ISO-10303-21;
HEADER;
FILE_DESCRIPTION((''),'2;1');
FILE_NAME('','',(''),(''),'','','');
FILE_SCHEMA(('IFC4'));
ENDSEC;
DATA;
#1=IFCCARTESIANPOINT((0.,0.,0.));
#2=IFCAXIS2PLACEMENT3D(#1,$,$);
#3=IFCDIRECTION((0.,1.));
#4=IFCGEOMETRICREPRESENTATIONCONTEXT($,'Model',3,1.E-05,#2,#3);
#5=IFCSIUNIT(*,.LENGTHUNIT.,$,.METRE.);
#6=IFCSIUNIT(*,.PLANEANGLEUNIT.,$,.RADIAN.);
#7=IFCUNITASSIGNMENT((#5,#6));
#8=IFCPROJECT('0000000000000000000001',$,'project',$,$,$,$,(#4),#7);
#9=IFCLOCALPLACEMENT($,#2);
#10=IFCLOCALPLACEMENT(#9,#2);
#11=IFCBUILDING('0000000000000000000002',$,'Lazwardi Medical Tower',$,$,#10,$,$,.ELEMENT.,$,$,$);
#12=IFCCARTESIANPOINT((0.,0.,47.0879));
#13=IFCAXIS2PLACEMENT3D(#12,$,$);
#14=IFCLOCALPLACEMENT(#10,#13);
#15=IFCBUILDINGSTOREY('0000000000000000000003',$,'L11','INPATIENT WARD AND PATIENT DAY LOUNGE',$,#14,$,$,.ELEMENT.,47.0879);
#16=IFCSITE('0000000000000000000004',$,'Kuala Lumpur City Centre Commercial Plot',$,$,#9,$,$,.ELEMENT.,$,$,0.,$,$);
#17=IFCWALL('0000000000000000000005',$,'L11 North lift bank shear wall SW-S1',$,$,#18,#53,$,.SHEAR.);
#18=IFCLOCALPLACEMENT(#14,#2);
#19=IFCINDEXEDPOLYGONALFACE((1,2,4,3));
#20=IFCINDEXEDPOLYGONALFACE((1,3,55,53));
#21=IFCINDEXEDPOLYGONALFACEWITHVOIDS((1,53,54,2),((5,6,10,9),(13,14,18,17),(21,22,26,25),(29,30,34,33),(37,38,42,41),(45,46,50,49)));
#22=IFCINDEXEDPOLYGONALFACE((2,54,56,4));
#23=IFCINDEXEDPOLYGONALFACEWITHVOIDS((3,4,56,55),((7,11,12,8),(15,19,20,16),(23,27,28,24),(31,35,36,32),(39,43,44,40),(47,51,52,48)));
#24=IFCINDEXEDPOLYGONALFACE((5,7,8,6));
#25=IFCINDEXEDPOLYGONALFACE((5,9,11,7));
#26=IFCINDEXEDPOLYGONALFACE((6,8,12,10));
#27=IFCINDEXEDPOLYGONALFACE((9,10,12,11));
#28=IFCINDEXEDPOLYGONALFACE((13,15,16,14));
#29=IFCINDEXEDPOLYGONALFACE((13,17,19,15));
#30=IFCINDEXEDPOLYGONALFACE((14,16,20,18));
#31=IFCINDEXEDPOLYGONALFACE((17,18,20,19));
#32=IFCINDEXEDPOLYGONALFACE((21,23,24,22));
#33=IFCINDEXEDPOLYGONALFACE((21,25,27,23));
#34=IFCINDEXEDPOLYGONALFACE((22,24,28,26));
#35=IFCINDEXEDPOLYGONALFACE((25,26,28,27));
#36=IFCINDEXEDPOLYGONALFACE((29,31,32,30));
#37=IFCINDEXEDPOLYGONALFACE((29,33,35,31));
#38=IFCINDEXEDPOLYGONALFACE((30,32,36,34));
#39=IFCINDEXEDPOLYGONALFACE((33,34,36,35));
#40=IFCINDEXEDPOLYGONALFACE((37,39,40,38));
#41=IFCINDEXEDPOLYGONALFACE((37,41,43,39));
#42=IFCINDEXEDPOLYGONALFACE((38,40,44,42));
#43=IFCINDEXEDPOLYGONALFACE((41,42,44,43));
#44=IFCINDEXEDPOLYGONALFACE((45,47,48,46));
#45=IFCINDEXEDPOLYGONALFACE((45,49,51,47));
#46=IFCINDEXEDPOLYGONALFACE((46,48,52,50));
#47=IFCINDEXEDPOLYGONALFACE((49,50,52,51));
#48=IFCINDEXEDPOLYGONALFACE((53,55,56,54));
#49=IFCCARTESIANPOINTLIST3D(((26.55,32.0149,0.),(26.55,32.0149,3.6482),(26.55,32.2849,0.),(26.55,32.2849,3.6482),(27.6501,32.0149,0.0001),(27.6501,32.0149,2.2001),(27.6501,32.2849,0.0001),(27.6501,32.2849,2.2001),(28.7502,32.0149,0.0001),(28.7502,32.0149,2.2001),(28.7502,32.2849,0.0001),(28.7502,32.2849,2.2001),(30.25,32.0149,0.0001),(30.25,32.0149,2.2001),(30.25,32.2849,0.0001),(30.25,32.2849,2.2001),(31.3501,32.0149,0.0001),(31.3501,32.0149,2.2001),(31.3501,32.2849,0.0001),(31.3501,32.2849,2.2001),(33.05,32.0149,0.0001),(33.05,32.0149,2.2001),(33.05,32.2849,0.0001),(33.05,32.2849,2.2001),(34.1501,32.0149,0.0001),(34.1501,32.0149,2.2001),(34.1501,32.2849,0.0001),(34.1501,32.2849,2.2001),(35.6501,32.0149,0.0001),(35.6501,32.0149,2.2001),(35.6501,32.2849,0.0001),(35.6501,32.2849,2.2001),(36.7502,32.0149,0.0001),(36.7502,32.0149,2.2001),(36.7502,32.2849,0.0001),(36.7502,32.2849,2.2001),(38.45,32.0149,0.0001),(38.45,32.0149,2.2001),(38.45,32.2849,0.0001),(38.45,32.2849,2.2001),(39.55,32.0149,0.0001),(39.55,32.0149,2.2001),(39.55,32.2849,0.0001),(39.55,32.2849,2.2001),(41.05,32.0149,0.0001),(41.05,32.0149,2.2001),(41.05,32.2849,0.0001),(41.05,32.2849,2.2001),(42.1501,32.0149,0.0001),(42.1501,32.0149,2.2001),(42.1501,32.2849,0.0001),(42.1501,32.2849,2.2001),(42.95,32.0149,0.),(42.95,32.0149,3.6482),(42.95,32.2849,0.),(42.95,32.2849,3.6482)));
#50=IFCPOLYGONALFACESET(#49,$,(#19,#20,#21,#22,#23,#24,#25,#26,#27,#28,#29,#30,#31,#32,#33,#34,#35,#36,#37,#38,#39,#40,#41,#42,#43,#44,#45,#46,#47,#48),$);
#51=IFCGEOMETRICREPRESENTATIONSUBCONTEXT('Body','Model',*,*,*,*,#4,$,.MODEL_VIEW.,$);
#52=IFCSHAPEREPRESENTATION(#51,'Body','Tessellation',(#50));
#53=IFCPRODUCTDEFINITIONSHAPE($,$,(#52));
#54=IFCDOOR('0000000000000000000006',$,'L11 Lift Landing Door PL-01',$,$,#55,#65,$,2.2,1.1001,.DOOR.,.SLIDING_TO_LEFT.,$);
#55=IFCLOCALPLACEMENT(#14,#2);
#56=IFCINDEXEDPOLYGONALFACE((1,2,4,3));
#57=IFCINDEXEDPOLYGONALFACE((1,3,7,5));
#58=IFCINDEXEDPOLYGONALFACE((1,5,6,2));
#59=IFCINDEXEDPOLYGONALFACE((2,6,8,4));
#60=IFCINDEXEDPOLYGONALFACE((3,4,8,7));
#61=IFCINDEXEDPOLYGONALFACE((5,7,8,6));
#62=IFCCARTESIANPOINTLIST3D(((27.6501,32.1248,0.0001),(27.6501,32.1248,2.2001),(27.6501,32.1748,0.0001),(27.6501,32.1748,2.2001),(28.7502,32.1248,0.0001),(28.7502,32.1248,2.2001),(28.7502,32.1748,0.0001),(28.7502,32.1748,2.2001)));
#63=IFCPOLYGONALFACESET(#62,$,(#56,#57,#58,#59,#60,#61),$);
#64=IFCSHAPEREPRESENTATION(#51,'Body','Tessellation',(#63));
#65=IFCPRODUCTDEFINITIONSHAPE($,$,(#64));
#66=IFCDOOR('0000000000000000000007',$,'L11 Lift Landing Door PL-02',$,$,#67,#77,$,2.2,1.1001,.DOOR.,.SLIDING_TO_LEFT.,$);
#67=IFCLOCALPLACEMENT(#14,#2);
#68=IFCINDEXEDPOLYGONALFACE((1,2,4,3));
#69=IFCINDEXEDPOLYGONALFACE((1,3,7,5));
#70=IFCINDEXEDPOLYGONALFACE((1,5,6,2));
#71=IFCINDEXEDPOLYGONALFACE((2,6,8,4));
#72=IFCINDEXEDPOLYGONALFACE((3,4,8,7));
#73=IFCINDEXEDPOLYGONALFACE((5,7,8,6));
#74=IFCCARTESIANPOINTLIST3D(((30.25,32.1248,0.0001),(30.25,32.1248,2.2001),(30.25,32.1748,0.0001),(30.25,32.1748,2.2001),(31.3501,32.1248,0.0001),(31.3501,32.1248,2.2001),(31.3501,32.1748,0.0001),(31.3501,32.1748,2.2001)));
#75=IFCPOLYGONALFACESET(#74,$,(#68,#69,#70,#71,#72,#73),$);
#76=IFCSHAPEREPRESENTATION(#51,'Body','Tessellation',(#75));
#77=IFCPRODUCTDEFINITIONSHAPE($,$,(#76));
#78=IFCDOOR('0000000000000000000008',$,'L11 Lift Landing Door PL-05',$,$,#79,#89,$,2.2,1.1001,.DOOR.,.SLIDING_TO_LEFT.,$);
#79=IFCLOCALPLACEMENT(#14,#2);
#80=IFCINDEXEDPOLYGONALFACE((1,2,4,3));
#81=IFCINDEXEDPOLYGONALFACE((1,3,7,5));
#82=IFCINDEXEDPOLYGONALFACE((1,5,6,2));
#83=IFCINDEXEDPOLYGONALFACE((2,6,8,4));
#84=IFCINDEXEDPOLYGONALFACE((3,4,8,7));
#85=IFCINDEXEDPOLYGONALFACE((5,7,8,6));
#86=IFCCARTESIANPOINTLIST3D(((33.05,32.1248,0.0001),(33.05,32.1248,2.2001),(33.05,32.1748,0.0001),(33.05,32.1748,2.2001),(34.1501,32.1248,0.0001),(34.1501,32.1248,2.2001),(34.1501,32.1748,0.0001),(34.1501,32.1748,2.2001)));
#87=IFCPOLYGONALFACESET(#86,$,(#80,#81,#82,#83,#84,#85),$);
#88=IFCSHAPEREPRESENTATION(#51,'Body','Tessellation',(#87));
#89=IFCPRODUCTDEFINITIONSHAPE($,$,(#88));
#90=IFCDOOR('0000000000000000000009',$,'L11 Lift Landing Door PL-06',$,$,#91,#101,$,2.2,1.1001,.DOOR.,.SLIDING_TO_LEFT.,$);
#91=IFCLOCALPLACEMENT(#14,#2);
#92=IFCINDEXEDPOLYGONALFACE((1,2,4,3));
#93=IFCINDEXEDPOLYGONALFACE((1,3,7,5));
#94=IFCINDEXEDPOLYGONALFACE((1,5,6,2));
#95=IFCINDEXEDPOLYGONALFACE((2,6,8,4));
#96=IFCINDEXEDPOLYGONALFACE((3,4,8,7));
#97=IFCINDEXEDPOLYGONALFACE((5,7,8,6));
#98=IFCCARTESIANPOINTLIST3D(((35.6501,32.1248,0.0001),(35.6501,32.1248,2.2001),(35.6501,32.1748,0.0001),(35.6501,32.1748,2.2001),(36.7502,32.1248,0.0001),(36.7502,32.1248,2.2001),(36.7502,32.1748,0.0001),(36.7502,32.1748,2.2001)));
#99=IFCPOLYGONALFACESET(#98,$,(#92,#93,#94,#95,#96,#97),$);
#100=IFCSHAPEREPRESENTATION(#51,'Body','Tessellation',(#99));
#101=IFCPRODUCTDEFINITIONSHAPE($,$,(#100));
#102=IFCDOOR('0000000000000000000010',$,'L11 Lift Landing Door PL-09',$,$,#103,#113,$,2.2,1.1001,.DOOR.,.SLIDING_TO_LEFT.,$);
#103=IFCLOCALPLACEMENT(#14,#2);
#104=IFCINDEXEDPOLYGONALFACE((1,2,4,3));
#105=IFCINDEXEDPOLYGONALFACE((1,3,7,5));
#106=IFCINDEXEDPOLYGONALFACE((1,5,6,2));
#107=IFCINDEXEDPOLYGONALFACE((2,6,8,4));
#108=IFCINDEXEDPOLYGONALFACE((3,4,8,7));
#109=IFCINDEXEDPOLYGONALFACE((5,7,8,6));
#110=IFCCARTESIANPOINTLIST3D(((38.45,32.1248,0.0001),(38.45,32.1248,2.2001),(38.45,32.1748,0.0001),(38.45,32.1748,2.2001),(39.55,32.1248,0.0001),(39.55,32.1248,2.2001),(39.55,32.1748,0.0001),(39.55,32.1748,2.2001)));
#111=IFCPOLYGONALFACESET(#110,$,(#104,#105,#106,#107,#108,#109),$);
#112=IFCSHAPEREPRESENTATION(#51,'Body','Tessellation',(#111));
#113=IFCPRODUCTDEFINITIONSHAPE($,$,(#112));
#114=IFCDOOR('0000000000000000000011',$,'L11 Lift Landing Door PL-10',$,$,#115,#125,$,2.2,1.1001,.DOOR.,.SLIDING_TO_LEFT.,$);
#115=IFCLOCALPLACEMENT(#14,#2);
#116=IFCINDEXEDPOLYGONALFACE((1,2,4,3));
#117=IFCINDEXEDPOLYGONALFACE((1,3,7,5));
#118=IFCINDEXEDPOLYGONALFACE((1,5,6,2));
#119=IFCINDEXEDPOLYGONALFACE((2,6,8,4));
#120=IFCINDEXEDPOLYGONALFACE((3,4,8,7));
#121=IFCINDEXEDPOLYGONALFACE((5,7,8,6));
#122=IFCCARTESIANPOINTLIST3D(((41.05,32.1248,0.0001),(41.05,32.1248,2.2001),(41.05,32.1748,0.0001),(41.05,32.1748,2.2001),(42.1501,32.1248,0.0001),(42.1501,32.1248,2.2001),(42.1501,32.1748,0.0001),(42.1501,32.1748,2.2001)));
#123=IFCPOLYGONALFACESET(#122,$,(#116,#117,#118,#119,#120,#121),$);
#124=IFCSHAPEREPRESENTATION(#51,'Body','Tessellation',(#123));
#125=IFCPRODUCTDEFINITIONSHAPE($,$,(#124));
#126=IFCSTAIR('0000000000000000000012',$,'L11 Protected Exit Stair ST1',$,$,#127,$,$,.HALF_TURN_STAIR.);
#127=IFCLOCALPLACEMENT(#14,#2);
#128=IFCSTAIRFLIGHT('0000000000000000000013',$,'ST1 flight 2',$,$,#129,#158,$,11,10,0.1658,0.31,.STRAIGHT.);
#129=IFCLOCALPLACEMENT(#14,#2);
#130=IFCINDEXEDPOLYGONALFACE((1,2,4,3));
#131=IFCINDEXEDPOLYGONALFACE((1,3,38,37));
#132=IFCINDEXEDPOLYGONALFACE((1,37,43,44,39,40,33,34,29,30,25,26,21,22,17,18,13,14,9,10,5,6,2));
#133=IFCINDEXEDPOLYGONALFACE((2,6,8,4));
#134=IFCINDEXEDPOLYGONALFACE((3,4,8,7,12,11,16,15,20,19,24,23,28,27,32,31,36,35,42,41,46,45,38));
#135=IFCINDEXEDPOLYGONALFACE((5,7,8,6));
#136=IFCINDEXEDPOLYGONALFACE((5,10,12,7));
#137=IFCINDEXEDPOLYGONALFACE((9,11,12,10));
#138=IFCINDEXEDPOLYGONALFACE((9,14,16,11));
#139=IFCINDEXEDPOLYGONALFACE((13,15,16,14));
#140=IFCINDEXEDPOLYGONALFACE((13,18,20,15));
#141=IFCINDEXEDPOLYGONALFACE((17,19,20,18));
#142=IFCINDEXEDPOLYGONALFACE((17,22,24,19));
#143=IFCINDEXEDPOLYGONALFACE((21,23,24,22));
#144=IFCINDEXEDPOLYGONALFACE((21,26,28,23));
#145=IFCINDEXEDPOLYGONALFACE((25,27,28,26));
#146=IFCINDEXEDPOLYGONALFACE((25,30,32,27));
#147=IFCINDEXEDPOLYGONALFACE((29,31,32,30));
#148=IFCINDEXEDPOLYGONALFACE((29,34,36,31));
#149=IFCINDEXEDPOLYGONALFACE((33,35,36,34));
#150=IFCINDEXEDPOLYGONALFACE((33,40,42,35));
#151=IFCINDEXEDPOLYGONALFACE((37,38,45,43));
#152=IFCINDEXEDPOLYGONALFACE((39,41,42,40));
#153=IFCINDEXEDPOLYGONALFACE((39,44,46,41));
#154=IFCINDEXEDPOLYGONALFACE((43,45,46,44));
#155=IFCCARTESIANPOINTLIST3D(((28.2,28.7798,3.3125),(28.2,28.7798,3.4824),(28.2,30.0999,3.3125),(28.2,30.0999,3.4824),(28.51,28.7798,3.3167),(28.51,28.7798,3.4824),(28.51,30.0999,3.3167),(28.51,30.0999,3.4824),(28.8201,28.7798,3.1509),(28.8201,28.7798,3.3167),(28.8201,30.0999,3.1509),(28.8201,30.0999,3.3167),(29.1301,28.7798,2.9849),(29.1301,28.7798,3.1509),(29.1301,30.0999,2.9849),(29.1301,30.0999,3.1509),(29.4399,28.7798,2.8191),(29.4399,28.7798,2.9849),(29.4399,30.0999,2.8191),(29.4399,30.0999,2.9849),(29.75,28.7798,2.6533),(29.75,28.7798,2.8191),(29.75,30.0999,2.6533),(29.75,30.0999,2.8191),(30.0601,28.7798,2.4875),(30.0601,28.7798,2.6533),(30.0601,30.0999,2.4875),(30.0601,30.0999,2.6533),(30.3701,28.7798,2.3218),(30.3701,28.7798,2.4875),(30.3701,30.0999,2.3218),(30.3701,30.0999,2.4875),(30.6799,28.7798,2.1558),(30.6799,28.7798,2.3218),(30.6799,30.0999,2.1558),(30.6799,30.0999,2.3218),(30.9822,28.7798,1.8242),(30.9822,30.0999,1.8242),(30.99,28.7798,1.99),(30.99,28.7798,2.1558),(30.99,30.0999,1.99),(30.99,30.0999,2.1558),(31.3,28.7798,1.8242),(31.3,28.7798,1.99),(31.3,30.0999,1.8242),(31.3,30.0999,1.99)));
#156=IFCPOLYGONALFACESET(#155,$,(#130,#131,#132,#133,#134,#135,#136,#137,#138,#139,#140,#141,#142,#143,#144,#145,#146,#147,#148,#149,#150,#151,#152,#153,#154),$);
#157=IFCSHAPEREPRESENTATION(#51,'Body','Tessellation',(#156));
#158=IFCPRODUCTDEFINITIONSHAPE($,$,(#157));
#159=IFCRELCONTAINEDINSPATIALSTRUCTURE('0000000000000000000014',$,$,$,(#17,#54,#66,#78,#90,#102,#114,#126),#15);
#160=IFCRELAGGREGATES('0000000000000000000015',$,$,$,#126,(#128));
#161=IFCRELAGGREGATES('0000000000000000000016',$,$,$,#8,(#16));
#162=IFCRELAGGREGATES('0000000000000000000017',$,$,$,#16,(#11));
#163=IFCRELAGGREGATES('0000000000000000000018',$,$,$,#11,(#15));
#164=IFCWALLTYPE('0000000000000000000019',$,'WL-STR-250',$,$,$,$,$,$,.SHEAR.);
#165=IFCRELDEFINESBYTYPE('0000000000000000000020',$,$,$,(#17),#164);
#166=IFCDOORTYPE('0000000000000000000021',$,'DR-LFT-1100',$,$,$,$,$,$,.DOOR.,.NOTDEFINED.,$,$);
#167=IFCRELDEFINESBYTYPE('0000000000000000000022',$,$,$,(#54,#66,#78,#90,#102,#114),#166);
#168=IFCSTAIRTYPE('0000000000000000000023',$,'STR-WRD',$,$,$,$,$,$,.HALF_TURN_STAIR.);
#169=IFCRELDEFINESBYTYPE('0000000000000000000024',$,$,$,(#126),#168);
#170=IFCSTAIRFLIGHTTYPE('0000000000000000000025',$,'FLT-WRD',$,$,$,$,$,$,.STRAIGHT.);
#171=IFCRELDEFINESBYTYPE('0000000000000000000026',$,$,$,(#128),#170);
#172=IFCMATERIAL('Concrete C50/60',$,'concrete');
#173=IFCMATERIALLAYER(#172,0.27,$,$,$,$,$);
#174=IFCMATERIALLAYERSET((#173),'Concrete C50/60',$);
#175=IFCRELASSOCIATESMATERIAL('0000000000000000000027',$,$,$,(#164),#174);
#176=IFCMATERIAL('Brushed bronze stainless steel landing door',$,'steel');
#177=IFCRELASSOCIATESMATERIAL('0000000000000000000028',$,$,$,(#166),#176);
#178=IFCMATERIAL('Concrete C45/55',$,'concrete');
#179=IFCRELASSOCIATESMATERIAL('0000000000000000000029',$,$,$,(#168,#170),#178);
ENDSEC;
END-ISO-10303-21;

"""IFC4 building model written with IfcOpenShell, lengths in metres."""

from ifc_helpers import new_model, si_unit, direction, frame, frame_2d, origin, place, context, subcontext, project, spatial, polyline, rectangle, outline, extrude, material, layer, layer_set, type_object, element, fill, aggregate, save


model = new_model("IFC4")

# Units and contexts
model_context = context("Model", 3, precision=1e-05, world=origin(), true_north=direction((0.0, 1.0)))
body_context = subcontext(model_context, "Body", "Model", "MODEL_VIEW")
ifc_project = project(units=[si_unit("LENGTHUNIT", "METRE"), si_unit("PLANEANGLEUNIT", "RADIAN")], contexts=[model_context])

# Site, building, storey
site_placement = place(None, origin())
site = spatial("IfcSite", under=ifc_project, at=site_placement, Name="Kuala Lumpur City Centre Commercial Plot", CompositionType="ELEMENT", RefElevation=0.0)
building_placement = place(site_placement, origin())
building = spatial("IfcBuilding", under=site, at=building_placement, Name="Lazwardi Medical Tower", CompositionType="ELEMENT")
storey_placement = place(building_placement, frame((0.0, 0.0, 47.0879)))
storey = spatial("IfcBuildingStorey", under=building, at=storey_placement, Name="L11", Description="INPATIENT WARD AND PATIENT DAY LOUNGE", CompositionType="ELEMENT", Elevation=47.0879)

# Shared definitions
ifc_material_1 = material(Name="Concrete C50/60", Category="concrete")
ifc_layer_1 = layer(ifc_material_1, 0.27)
ifc_layer_set_1 = layer_set([ifc_layer_1], Name="Concrete C50/60")
wall_type_1 = type_object("IfcWallType", Name="WL-STR-250", PredefinedType="SHEAR", material=ifc_layer_set_1)

# Wall, openings, doors
wall_1_placement = place(storey_placement, frame((26.55, 32.1499, 0.0), z_axis=(0.0, 0.0, 1.0), x_axis=(1.0, 0.0, 0.0)))
wall_1 = element("IfcWall", 1, at=wall_1_placement, inside=storey, type_object=wall_type_1, Name="L11 North lift bank shear wall SW-S1", PredefinedType="SHEAR", context=body_context, shape_type="SweptSolid", body=[
    extrude(rectangle(XDim=16.3999, YDim=0.27, at=frame_2d((8.2, 0.0))), origin(), (0.0, 0.0, 1.0), 3.6482),
])
opening_1_placement = place(wall_1_placement, frame((1.1001, 0.0, 0.0)))
opening_1 = element("IfcOpeningElement", 2, at=opening_1_placement, cuts=wall_1, PredefinedType="OPENING", context=body_context, shape_type="SweptSolid", body=[
    extrude(rectangle(XDim=1.1001, YDim=2.2, at=frame_2d((0.55, 1.1001))), frame((0.0, 0.145, 0.0), z_axis=(0.0, -1.0, 0.0), x_axis=(1.0, 0.0, 0.0)), (0.0, 0.0, 1.0), 0.29),
])
opening_2_placement = place(wall_1_placement, frame((3.7, 0.0, 0.0)))
opening_2 = element("IfcOpeningElement", 3, at=opening_2_placement, cuts=wall_1, PredefinedType="OPENING", context=body_context, shape_type="SweptSolid", body=[
    extrude(rectangle(XDim=1.1001, YDim=2.2, at=frame_2d((0.55, 1.1001))), frame((0.0, 0.145, 0.0), z_axis=(0.0, -1.0, 0.0), x_axis=(1.0, 0.0, 0.0)), (0.0, 0.0, 1.0), 0.29),
])
opening_3_placement = place(wall_1_placement, frame((6.5, 0.0, 0.0)))
opening_3 = element("IfcOpeningElement", 4, at=opening_3_placement, cuts=wall_1, PredefinedType="OPENING", context=body_context, shape_type="SweptSolid", body=[
    extrude(rectangle(XDim=1.1001, YDim=2.2, at=frame_2d((0.55, 1.1001))), frame((0.0, 0.145, 0.0), z_axis=(0.0, -1.0, 0.0), x_axis=(1.0, 0.0, 0.0)), (0.0, 0.0, 1.0), 0.29),
])
opening_4_placement = place(wall_1_placement, frame((9.1001, 0.0, 0.0)))
opening_4 = element("IfcOpeningElement", 5, at=opening_4_placement, cuts=wall_1, PredefinedType="OPENING", context=body_context, shape_type="SweptSolid", body=[
    extrude(rectangle(XDim=1.1001, YDim=2.2, at=frame_2d((0.55, 1.1001))), frame((0.0, 0.145, 0.0), z_axis=(0.0, -1.0, 0.0), x_axis=(1.0, 0.0, 0.0)), (0.0, 0.0, 1.0), 0.29),
])
opening_5_placement = place(wall_1_placement, frame((11.8999, 0.0, 0.0)))
opening_5 = element("IfcOpeningElement", 6, at=opening_5_placement, cuts=wall_1, PredefinedType="OPENING", context=body_context, shape_type="SweptSolid", body=[
    extrude(rectangle(XDim=1.1001, YDim=2.2, at=frame_2d((0.55, 1.1001))), frame((0.0, 0.145, 0.0), z_axis=(0.0, -1.0, 0.0), x_axis=(1.0, 0.0, 0.0)), (0.0, 0.0, 1.0), 0.29),
])
opening_6_placement = place(wall_1_placement, frame((14.5, 0.0, 0.0)))
opening_6 = element("IfcOpeningElement", 7, at=opening_6_placement, cuts=wall_1, PredefinedType="OPENING", context=body_context, shape_type="SweptSolid", body=[
    extrude(rectangle(XDim=1.1001, YDim=2.2, at=frame_2d((0.55, 1.1001))), frame((0.0, 0.145, 0.0), z_axis=(0.0, -1.0, 0.0), x_axis=(1.0, 0.0, 0.0)), (0.0, 0.0, 1.0), 0.29),
])
ifc_material_2 = material(Name="Brushed bronze stainless steel landing door", Category="steel")
door_type_1 = type_object("IfcDoorType", Name="DR-LFT-1100", OperationType="NOTDEFINED", PredefinedType="DOOR", material=ifc_material_2)
door_1_placement = place(opening_1_placement, origin())
door_1 = element("IfcDoor", 8, at=door_1_placement, inside=storey, type_object=door_type_1, Name="L11 Lift Landing Door PL-01", OperationType="SLIDING_TO_LEFT", OverallHeight=2.2, OverallWidth=1.1001, PredefinedType="DOOR", context=body_context, shape_type="SweptSolid", body=[
    extrude(rectangle(XDim=1.1001, YDim=2.2, at=frame_2d((0.55, 1.1001))), frame((0.0, 0.0249, 0.0), z_axis=(0.0, -1.0, 0.0), x_axis=(1.0, 0.0, 0.0)), (0.0, 0.0, 1.0), 0.05),
])
fill(opening_1, door_1)
door_2_placement = place(opening_2_placement, origin())
door_2 = element("IfcDoor", 9, at=door_2_placement, inside=storey, type_object=door_type_1, Name="L11 Lift Landing Door PL-02", OperationType="SLIDING_TO_LEFT", OverallHeight=2.2, OverallWidth=1.1001, PredefinedType="DOOR", context=body_context, shape_type="SweptSolid", body=[
    extrude(rectangle(XDim=1.1001, YDim=2.2, at=frame_2d((0.55, 1.1001))), frame((0.0, 0.0249, 0.0), z_axis=(0.0, -1.0, 0.0), x_axis=(1.0, 0.0, 0.0)), (0.0, 0.0, 1.0), 0.05),
])
fill(opening_2, door_2)
door_3_placement = place(opening_3_placement, origin())
door_3 = element("IfcDoor", 10, at=door_3_placement, inside=storey, type_object=door_type_1, Name="L11 Lift Landing Door PL-05", OperationType="SLIDING_TO_LEFT", OverallHeight=2.2, OverallWidth=1.1001, PredefinedType="DOOR", context=body_context, shape_type="SweptSolid", body=[
    extrude(rectangle(XDim=1.1001, YDim=2.2, at=frame_2d((0.55, 1.1001))), frame((0.0, 0.0249, 0.0), z_axis=(0.0, -1.0, 0.0), x_axis=(1.0, 0.0, 0.0)), (0.0, 0.0, 1.0), 0.05),
])
fill(opening_3, door_3)
door_4_placement = place(opening_4_placement, origin())
door_4 = element("IfcDoor", 11, at=door_4_placement, inside=storey, type_object=door_type_1, Name="L11 Lift Landing Door PL-06", OperationType="SLIDING_TO_LEFT", OverallHeight=2.2, OverallWidth=1.1001, PredefinedType="DOOR", context=body_context, shape_type="SweptSolid", body=[
    extrude(rectangle(XDim=1.1001, YDim=2.2, at=frame_2d((0.55, 1.1001))), frame((0.0, 0.0249, 0.0), z_axis=(0.0, -1.0, 0.0), x_axis=(1.0, 0.0, 0.0)), (0.0, 0.0, 1.0), 0.05),
])
fill(opening_4, door_4)
door_5_placement = place(opening_5_placement, origin())
door_5 = element("IfcDoor", 12, at=door_5_placement, inside=storey, type_object=door_type_1, Name="L11 Lift Landing Door PL-09", OperationType="SLIDING_TO_LEFT", OverallHeight=2.2, OverallWidth=1.1001, PredefinedType="DOOR", context=body_context, shape_type="SweptSolid", body=[
    extrude(rectangle(XDim=1.1001, YDim=2.2, at=frame_2d((0.55, 1.1001))), frame((0.0, 0.0249, 0.0), z_axis=(0.0, -1.0, 0.0), x_axis=(1.0, 0.0, 0.0)), (0.0, 0.0, 1.0), 0.05),
])
fill(opening_5, door_5)
door_6_placement = place(opening_6_placement, origin())
door_6 = element("IfcDoor", 13, at=door_6_placement, inside=storey, type_object=door_type_1, Name="L11 Lift Landing Door PL-10", OperationType="SLIDING_TO_LEFT", OverallHeight=2.2, OverallWidth=1.1001, PredefinedType="DOOR", context=body_context, shape_type="SweptSolid", body=[
    extrude(rectangle(XDim=1.1001, YDim=2.2, at=frame_2d((0.55, 1.1001))), frame((0.0, 0.0249, 0.0), z_axis=(0.0, -1.0, 0.0), x_axis=(1.0, 0.0, 0.0)), (0.0, 0.0, 1.0), 0.05),
])
fill(opening_6, door_6)

# Stair, stair flight
ifc_material_3 = material(Name="Concrete C45/55", Category="concrete")
stair_type = type_object("IfcStairType", Name="STR-WRD", PredefinedType="HALF_TURN_STAIR", material=ifc_material_3)
stair_placement = place(storey_placement, origin())
stair = element("IfcStair", 14, at=stair_placement, inside=storey, type_object=stair_type, Name="L11 Protected Exit Stair ST1", PredefinedType="HALF_TURN_STAIR")
stair_flight_type = type_object("IfcStairFlightType", Name="FLT-WRD", PredefinedType="STRAIGHT", material=ifc_material_3)
stair_flight_placement = place(storey_placement, frame((31.3, 29.4399, 1.8242), z_axis=(0.0, 0.0, 1.0), x_axis=(-1.0, 0.0, 0.0)))
stair_flight = element("IfcStairFlight", 15, at=stair_flight_placement, type_object=stair_flight_type, Name="ST1 flight 2", NumberOfRisers=11, NumberOfTreads=10, PredefinedType="STRAIGHT", RiserHeight=0.1658, TreadLength=0.31, context=body_context, shape_type="SweptSolid", body=[
    extrude(outline(polyline([(0.0, 0.0), (0.0, 0.1658), (0.3101, 0.1658), (0.3101, 0.3315), (0.6201, 0.3315), (0.6201, 0.4976), (0.9299, 0.4976), (0.9299, 0.6633), (1.24, 0.6633), (1.24, 0.8291), (1.55, 0.8291), (1.55, 0.9949), (1.8601, 0.9949), (1.8601, 1.1606), (2.1699, 1.1606), (2.1699, 1.3267), (2.48, 1.3267), (2.48, 1.4924), (2.79, 1.4924), (2.79, 1.6582), (3.1001, 1.6582), (3.1001, 1.824), (3.1001, 1.4883), (0.3179, 0.0), (0.0, 0.0)])), frame((0.0, 0.6602, 0.0), z_axis=(0.0, -1.0, 0.0), x_axis=(1.0, 0.0, 0.0)), (0.0, 0.0, 1.0), 1.3201),
])
aggregate(stair, [stair_flight])

save(model, "model.ifc")
